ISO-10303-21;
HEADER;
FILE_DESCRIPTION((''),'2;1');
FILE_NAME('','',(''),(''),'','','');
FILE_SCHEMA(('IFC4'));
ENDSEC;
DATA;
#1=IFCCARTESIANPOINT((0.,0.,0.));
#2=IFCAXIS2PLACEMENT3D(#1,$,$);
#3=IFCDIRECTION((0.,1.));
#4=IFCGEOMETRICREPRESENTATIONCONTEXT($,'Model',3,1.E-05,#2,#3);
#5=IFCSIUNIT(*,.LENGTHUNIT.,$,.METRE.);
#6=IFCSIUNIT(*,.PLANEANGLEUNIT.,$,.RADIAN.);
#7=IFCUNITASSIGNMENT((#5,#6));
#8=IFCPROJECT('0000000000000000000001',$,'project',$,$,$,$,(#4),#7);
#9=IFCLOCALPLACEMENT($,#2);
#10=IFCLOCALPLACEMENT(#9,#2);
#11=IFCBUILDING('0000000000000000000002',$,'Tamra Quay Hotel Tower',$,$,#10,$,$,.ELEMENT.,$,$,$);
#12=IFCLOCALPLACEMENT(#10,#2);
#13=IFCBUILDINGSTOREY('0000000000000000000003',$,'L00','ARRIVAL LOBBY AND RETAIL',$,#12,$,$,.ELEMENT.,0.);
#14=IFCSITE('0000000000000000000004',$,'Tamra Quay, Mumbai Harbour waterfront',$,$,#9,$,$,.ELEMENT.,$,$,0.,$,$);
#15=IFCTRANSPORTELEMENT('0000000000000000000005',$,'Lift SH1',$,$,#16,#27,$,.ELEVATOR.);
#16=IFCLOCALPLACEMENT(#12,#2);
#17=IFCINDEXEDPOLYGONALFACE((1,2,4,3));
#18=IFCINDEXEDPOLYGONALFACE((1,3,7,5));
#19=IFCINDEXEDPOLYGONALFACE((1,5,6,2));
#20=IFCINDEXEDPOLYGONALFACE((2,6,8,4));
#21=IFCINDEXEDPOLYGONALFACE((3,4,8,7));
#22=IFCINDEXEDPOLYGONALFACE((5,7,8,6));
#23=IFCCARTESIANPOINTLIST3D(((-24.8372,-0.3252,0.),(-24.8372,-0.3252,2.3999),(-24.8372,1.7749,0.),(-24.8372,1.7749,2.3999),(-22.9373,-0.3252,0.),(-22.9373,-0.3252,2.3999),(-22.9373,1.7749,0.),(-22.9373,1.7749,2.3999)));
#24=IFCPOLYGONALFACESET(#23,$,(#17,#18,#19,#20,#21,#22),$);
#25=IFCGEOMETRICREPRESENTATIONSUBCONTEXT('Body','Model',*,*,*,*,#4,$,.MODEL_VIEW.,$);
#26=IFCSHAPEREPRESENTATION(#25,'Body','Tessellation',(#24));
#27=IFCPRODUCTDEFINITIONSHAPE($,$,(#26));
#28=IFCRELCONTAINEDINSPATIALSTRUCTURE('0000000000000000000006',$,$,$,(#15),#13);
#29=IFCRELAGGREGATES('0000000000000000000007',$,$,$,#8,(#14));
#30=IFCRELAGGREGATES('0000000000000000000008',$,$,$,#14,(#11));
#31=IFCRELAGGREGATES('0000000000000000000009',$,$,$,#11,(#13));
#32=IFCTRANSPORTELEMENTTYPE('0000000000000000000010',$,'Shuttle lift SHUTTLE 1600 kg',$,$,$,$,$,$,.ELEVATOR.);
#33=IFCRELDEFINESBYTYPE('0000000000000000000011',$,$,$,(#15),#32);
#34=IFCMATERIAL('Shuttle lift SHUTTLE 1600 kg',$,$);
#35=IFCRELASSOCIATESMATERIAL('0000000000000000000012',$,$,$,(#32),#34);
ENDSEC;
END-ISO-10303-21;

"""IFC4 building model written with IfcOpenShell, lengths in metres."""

from ifc_helpers import new_model, si_unit, direction, frame, origin, origin_2d, place, context, subcontext, project, spatial, rectangle, extrude, material, type_object, element, save


model = new_model("IFC4")

# Units and contexts
model_context = context("Model", 3, precision=1e-05, world=origin(), true_north=direction((0.0, 1.0)))
body_context = subcontext(model_context, "Body", "Model", "MODEL_VIEW")
ifc_project = project(units=[si_unit("LENGTHUNIT", "METRE"), si_unit("PLANEANGLEUNIT", "RADIAN")], contexts=[model_context])

# Site, building, storey
site_placement = place(None, origin())
site = spatial("IfcSite", under=ifc_project, at=site_placement, Name="Tamra Quay, Mumbai Harbour waterfront", CompositionType="ELEMENT", RefElevation=0.0)
building_placement = place(site_placement, origin())
building = spatial("IfcBuilding", under=site, at=building_placement, Name="Tamra Quay Hotel Tower", CompositionType="ELEMENT")
storey_placement = place(building_placement, origin())
storey = spatial("IfcBuildingStorey", under=building, at=storey_placement, Name="L00", Description="ARRIVAL LOBBY AND RETAIL", CompositionType="ELEMENT", Elevation=0.0)

# Transport element
ifc_material_1 = material(Name="Shuttle lift SHUTTLE 1600 kg")
transport_element_type = type_object("IfcTransportElementType", Name="Shuttle lift SHUTTLE 1600 kg", PredefinedType="ELEVATOR", material=ifc_material_1)
transport_element_placement = place(storey_placement, frame((-23.8872, 0.7249, 0.0), z_axis=(0.0, 0.0, 1.0), x_axis=(0.0, 1.0, 0.0)))
element("IfcTransportElement", 1, at=transport_element_placement, inside=storey, type_object=transport_element_type, Name="Lift SH1", PredefinedType="ELEVATOR", context=body_context, shape_type="SweptSolid", body=[
    extrude(rectangle(XDim=2.1001, YDim=1.8999, at=origin_2d()), origin(), (0.0, 0.0, 1.0), 2.3999),
])

save(model, "model.ifc")
